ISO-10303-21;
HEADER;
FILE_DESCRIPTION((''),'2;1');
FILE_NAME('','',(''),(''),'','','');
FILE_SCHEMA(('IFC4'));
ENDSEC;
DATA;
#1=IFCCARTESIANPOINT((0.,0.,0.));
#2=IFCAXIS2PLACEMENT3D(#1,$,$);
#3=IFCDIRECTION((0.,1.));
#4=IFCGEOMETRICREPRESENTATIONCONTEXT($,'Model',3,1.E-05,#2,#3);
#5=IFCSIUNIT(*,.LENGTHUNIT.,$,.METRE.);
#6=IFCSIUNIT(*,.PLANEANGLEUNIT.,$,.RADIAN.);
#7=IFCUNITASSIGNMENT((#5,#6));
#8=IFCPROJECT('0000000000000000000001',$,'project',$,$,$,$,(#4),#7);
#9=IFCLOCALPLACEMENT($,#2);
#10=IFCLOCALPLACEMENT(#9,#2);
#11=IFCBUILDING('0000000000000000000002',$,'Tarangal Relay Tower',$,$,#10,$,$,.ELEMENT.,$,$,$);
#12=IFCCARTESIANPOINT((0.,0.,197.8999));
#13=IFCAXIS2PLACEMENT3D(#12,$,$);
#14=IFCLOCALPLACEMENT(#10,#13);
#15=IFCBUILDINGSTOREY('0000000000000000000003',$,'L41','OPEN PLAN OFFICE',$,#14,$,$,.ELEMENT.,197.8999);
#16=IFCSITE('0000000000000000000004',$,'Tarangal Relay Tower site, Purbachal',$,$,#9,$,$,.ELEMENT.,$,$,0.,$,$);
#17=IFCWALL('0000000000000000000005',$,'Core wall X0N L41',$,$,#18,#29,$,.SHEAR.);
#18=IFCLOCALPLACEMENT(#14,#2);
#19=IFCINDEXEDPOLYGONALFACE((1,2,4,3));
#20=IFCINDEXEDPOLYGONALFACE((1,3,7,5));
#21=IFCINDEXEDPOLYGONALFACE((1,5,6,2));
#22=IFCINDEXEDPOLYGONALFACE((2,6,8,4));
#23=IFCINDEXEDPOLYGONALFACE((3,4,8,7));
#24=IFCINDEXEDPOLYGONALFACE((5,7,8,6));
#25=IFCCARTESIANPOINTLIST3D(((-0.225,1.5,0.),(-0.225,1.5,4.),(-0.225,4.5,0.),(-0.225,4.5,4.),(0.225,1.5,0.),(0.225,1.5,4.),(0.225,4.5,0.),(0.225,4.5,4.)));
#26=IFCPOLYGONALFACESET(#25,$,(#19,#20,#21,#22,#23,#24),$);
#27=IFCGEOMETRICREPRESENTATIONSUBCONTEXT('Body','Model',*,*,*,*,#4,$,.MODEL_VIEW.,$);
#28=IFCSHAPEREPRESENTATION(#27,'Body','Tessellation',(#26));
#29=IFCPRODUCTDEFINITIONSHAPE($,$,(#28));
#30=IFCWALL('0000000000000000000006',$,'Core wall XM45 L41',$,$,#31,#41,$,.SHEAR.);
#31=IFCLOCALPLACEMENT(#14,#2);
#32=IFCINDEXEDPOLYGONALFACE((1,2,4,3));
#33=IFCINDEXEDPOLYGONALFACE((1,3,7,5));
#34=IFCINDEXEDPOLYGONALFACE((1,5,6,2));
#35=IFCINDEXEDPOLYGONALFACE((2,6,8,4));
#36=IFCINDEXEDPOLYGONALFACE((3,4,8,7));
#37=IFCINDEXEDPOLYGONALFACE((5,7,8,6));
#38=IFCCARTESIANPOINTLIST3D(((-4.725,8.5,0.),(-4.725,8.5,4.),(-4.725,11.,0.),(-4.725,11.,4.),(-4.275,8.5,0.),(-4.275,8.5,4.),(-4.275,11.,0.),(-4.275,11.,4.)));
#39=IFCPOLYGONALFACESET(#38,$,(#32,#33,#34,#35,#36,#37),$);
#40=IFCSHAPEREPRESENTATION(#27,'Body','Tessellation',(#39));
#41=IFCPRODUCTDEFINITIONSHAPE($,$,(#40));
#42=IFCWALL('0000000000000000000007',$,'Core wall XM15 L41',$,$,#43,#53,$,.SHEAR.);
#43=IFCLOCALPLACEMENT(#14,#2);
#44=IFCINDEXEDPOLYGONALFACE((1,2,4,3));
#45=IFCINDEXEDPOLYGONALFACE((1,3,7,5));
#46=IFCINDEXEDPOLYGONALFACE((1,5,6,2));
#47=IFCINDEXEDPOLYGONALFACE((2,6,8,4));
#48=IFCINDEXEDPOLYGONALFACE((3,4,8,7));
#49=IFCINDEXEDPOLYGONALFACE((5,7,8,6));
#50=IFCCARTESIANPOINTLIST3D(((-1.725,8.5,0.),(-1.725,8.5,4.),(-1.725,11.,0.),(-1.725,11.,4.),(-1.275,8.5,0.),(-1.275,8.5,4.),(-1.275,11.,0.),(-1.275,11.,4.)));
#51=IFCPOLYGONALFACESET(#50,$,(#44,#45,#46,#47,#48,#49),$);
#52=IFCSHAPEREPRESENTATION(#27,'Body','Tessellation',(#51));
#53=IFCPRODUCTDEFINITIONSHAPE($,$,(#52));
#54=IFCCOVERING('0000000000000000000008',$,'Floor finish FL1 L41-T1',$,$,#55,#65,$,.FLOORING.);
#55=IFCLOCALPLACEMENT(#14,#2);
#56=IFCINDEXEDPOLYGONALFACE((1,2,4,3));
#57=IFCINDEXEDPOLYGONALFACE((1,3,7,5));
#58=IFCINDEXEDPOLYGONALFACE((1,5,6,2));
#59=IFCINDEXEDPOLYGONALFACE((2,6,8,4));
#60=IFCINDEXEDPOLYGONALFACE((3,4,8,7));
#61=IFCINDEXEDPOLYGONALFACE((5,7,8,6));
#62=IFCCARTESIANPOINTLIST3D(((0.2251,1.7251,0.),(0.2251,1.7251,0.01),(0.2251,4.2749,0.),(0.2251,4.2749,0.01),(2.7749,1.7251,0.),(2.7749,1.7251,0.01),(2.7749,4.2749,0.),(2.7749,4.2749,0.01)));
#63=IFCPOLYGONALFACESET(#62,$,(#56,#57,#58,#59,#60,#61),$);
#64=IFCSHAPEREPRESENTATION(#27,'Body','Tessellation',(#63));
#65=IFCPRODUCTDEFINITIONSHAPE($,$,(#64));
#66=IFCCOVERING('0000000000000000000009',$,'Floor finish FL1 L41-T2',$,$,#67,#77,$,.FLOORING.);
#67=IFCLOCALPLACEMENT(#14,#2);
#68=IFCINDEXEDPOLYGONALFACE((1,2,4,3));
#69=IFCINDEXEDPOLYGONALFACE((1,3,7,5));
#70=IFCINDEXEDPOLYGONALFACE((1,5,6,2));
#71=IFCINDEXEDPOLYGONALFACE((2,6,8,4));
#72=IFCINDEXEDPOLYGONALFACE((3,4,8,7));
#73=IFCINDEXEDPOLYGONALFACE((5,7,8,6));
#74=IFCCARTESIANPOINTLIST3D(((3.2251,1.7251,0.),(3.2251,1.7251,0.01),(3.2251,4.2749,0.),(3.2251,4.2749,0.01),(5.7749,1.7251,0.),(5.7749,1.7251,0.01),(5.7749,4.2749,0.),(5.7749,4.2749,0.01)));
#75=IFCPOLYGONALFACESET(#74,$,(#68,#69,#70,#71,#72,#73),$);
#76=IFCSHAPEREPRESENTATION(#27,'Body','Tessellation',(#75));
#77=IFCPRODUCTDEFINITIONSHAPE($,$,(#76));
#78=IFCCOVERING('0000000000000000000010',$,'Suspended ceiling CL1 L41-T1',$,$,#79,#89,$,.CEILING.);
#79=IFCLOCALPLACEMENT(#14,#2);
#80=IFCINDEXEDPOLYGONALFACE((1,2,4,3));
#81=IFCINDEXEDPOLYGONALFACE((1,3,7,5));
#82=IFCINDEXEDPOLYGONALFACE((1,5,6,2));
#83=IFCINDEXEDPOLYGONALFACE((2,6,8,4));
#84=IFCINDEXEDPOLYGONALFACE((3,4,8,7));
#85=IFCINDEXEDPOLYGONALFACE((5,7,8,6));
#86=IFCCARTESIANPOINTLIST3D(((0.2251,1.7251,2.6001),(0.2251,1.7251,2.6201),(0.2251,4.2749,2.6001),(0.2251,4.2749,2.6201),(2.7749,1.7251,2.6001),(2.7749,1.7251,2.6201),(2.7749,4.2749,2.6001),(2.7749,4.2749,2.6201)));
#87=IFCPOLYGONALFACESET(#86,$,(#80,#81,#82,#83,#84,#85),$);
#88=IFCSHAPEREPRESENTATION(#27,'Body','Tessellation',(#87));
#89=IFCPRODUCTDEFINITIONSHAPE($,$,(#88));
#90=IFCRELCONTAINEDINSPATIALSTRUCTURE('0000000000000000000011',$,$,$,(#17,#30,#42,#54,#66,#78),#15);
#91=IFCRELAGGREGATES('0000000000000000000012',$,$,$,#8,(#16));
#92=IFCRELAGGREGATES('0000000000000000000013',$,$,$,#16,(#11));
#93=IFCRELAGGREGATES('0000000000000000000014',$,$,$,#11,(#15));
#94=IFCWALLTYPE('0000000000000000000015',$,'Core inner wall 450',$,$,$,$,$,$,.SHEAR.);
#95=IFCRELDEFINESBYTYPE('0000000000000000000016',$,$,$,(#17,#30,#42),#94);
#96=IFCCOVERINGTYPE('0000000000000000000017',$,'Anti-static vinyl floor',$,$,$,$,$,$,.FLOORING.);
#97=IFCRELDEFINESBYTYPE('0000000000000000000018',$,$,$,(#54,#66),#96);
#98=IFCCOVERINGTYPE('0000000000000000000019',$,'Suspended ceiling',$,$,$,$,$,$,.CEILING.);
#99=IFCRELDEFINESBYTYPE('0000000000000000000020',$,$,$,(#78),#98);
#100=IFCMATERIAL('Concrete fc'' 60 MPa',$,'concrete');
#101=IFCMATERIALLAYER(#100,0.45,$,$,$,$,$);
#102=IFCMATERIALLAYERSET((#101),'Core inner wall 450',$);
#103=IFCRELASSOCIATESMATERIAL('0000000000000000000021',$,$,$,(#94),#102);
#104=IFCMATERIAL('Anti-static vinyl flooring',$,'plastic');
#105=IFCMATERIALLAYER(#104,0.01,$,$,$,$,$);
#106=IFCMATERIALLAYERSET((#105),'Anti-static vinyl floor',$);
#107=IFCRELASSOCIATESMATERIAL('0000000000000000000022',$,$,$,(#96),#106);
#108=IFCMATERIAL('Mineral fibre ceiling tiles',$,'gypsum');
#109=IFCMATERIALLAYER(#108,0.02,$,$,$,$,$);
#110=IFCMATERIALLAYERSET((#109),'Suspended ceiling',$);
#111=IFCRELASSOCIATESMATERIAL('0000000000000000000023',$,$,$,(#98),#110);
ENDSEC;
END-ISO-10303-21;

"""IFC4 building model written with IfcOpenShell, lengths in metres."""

from ifc_helpers import new_model, si_unit, direction, frame, frame_2d, origin, place, context, subcontext, project, spatial, polyline, rectangle, outline, extrude, material, layer, layer_set, type_object, element, save


model = new_model("IFC4")

# Units and contexts
model_context = context("Model", 3, precision=1e-05, world=origin(), true_north=direction((0.0, 1.0)))
body_context = subcontext(model_context, "Body", "Model", "MODEL_VIEW")
ifc_project = project(units=[si_unit("LENGTHUNIT", "METRE"), si_unit("PLANEANGLEUNIT", "RADIAN")], contexts=[model_context])

# Site, building, storey
site_placement = place(None, origin())
site = spatial("IfcSite", under=ifc_project, at=site_placement, Name="Tarangal Relay Tower site, Purbachal", CompositionType="ELEMENT", RefElevation=0.0)
building_placement = place(site_placement, origin())
building = spatial("IfcBuilding", under=site, at=building_placement, Name="Tarangal Relay Tower", CompositionType="ELEMENT")
storey_placement = place(building_placement, frame((0.0, 0.0, 197.8999)))
storey = spatial("IfcBuildingStorey", under=building, at=storey_placement, Name="L41", Description="OPEN PLAN OFFICE", CompositionType="ELEMENT", Elevation=197.8999)

# Walls
ifc_material_1 = material(Name="Concrete fc' 60 MPa", Category="concrete")
ifc_layer_1 = layer(ifc_material_1, 0.45)
ifc_layer_set_1 = layer_set([ifc_layer_1], Name="Core inner wall 450")
wall_type = type_object("IfcWallType", Name="Core inner wall 450", PredefinedType="SHEAR", material=ifc_layer_set_1)
for number, where, z_axis, x_axis, name in (
    (1, (0.0, 1.5, 0.0), (0.0, 0.0, 1.0), (0.0, 1.0, 0.0), "Core wall X0N L41"),
):
    element("IfcWall", number, at=place(storey_placement, frame(where, z_axis=z_axis, x_axis=x_axis)), inside=storey, type_object=wall_type, Name=name, PredefinedType="SHEAR", context=body_context, shape_type="SweptSolid", body=[
        extrude(rectangle(XDim=3.0, YDim=0.45, at=frame_2d((1.5, 0.0))), origin(), (0.0, 0.0, 1.0), 4.0),
    ])
for number, where, z_axis, x_axis, name in (
    (2, (-4.5, 8.5, 0.0), (0.0, 0.0, 1.0), (0.0, 1.0, 0.0), "Core wall XM45 L41"),
    (3, (-1.5, 8.5, 0.0), (0.0, 0.0, 1.0), (0.0, 1.0, 0.0), "Core wall XM15 L41"),
):
    element("IfcWall", number, at=place(storey_placement, frame(where, z_axis=z_axis, x_axis=x_axis)), inside=storey, type_object=wall_type, Name=name, PredefinedType="SHEAR", context=body_context, shape_type="SweptSolid", body=[
        extrude(rectangle(XDim=2.5, YDim=0.45, at=frame_2d((1.25, 0.0))), origin(), (0.0, 0.0, 1.0), 4.0),
    ])

# Coverings
ifc_material_2 = material(Name="Anti-static vinyl flooring", Category="plastic")
ifc_layer_2 = layer(ifc_material_2, 0.01)
ifc_layer_set_2 = layer_set([ifc_layer_2], Name="Anti-static vinyl floor")
covering_type_1 = type_object("IfcCoveringType", Name="Anti-static vinyl floor", PredefinedType="FLOORING", material=ifc_layer_set_2)
covering_1_placement = place(storey_placement, origin())
element("IfcCovering", 4, at=covering_1_placement, inside=storey, type_object=covering_type_1, Name="Floor finish FL1 L41-T1", PredefinedType="FLOORING", context=body_context, shape_type="SweptSolid", body=[
    extrude(outline(polyline([(0.2251, 1.7251), (2.7749, 1.7251), (2.7749, 4.2749), (0.2251, 4.2749), (0.2251, 1.7251)])), origin(), (0.0, 0.0, 1.0), 0.01),
])
covering_2_placement = place(storey_placement, origin())
element("IfcCovering", 5, at=covering_2_placement, inside=storey, type_object=covering_type_1, Name="Floor finish FL1 L41-T2", PredefinedType="FLOORING", context=body_context, shape_type="SweptSolid", body=[
    extrude(outline(polyline([(3.2251, 1.7251), (5.7749, 1.7251), (5.7749, 4.2749), (3.2251, 4.2749), (3.2251, 1.7251)])), origin(), (0.0, 0.0, 1.0), 0.01),
])
ifc_material_3 = material(Name="Mineral fibre ceiling tiles", Category="gypsum")
ifc_layer_3 = layer(ifc_material_3, 0.02)
ifc_layer_set_3 = layer_set([ifc_layer_3], Name="Suspended ceiling")
covering_type_2 = type_object("IfcCoveringType", Name="Suspended ceiling", PredefinedType="CEILING", material=ifc_layer_set_3)
covering_3_placement = place(storey_placement, frame((0.0, 0.0, 2.6001)))
element("IfcCovering", 6, at=covering_3_placement, inside=storey, type_object=covering_type_2, Name="Suspended ceiling CL1 L41-T1", PredefinedType="CEILING", context=body_context, shape_type="SweptSolid", body=[
    extrude(outline(polyline([(0.2251, 1.7251), (2.7749, 1.7251), (2.7749, 4.2749), (0.2251, 4.2749), (0.2251, 1.7251)])), origin(), (0.0, 0.0, 1.0), 0.02),
])

save(model, "model.ifc")
